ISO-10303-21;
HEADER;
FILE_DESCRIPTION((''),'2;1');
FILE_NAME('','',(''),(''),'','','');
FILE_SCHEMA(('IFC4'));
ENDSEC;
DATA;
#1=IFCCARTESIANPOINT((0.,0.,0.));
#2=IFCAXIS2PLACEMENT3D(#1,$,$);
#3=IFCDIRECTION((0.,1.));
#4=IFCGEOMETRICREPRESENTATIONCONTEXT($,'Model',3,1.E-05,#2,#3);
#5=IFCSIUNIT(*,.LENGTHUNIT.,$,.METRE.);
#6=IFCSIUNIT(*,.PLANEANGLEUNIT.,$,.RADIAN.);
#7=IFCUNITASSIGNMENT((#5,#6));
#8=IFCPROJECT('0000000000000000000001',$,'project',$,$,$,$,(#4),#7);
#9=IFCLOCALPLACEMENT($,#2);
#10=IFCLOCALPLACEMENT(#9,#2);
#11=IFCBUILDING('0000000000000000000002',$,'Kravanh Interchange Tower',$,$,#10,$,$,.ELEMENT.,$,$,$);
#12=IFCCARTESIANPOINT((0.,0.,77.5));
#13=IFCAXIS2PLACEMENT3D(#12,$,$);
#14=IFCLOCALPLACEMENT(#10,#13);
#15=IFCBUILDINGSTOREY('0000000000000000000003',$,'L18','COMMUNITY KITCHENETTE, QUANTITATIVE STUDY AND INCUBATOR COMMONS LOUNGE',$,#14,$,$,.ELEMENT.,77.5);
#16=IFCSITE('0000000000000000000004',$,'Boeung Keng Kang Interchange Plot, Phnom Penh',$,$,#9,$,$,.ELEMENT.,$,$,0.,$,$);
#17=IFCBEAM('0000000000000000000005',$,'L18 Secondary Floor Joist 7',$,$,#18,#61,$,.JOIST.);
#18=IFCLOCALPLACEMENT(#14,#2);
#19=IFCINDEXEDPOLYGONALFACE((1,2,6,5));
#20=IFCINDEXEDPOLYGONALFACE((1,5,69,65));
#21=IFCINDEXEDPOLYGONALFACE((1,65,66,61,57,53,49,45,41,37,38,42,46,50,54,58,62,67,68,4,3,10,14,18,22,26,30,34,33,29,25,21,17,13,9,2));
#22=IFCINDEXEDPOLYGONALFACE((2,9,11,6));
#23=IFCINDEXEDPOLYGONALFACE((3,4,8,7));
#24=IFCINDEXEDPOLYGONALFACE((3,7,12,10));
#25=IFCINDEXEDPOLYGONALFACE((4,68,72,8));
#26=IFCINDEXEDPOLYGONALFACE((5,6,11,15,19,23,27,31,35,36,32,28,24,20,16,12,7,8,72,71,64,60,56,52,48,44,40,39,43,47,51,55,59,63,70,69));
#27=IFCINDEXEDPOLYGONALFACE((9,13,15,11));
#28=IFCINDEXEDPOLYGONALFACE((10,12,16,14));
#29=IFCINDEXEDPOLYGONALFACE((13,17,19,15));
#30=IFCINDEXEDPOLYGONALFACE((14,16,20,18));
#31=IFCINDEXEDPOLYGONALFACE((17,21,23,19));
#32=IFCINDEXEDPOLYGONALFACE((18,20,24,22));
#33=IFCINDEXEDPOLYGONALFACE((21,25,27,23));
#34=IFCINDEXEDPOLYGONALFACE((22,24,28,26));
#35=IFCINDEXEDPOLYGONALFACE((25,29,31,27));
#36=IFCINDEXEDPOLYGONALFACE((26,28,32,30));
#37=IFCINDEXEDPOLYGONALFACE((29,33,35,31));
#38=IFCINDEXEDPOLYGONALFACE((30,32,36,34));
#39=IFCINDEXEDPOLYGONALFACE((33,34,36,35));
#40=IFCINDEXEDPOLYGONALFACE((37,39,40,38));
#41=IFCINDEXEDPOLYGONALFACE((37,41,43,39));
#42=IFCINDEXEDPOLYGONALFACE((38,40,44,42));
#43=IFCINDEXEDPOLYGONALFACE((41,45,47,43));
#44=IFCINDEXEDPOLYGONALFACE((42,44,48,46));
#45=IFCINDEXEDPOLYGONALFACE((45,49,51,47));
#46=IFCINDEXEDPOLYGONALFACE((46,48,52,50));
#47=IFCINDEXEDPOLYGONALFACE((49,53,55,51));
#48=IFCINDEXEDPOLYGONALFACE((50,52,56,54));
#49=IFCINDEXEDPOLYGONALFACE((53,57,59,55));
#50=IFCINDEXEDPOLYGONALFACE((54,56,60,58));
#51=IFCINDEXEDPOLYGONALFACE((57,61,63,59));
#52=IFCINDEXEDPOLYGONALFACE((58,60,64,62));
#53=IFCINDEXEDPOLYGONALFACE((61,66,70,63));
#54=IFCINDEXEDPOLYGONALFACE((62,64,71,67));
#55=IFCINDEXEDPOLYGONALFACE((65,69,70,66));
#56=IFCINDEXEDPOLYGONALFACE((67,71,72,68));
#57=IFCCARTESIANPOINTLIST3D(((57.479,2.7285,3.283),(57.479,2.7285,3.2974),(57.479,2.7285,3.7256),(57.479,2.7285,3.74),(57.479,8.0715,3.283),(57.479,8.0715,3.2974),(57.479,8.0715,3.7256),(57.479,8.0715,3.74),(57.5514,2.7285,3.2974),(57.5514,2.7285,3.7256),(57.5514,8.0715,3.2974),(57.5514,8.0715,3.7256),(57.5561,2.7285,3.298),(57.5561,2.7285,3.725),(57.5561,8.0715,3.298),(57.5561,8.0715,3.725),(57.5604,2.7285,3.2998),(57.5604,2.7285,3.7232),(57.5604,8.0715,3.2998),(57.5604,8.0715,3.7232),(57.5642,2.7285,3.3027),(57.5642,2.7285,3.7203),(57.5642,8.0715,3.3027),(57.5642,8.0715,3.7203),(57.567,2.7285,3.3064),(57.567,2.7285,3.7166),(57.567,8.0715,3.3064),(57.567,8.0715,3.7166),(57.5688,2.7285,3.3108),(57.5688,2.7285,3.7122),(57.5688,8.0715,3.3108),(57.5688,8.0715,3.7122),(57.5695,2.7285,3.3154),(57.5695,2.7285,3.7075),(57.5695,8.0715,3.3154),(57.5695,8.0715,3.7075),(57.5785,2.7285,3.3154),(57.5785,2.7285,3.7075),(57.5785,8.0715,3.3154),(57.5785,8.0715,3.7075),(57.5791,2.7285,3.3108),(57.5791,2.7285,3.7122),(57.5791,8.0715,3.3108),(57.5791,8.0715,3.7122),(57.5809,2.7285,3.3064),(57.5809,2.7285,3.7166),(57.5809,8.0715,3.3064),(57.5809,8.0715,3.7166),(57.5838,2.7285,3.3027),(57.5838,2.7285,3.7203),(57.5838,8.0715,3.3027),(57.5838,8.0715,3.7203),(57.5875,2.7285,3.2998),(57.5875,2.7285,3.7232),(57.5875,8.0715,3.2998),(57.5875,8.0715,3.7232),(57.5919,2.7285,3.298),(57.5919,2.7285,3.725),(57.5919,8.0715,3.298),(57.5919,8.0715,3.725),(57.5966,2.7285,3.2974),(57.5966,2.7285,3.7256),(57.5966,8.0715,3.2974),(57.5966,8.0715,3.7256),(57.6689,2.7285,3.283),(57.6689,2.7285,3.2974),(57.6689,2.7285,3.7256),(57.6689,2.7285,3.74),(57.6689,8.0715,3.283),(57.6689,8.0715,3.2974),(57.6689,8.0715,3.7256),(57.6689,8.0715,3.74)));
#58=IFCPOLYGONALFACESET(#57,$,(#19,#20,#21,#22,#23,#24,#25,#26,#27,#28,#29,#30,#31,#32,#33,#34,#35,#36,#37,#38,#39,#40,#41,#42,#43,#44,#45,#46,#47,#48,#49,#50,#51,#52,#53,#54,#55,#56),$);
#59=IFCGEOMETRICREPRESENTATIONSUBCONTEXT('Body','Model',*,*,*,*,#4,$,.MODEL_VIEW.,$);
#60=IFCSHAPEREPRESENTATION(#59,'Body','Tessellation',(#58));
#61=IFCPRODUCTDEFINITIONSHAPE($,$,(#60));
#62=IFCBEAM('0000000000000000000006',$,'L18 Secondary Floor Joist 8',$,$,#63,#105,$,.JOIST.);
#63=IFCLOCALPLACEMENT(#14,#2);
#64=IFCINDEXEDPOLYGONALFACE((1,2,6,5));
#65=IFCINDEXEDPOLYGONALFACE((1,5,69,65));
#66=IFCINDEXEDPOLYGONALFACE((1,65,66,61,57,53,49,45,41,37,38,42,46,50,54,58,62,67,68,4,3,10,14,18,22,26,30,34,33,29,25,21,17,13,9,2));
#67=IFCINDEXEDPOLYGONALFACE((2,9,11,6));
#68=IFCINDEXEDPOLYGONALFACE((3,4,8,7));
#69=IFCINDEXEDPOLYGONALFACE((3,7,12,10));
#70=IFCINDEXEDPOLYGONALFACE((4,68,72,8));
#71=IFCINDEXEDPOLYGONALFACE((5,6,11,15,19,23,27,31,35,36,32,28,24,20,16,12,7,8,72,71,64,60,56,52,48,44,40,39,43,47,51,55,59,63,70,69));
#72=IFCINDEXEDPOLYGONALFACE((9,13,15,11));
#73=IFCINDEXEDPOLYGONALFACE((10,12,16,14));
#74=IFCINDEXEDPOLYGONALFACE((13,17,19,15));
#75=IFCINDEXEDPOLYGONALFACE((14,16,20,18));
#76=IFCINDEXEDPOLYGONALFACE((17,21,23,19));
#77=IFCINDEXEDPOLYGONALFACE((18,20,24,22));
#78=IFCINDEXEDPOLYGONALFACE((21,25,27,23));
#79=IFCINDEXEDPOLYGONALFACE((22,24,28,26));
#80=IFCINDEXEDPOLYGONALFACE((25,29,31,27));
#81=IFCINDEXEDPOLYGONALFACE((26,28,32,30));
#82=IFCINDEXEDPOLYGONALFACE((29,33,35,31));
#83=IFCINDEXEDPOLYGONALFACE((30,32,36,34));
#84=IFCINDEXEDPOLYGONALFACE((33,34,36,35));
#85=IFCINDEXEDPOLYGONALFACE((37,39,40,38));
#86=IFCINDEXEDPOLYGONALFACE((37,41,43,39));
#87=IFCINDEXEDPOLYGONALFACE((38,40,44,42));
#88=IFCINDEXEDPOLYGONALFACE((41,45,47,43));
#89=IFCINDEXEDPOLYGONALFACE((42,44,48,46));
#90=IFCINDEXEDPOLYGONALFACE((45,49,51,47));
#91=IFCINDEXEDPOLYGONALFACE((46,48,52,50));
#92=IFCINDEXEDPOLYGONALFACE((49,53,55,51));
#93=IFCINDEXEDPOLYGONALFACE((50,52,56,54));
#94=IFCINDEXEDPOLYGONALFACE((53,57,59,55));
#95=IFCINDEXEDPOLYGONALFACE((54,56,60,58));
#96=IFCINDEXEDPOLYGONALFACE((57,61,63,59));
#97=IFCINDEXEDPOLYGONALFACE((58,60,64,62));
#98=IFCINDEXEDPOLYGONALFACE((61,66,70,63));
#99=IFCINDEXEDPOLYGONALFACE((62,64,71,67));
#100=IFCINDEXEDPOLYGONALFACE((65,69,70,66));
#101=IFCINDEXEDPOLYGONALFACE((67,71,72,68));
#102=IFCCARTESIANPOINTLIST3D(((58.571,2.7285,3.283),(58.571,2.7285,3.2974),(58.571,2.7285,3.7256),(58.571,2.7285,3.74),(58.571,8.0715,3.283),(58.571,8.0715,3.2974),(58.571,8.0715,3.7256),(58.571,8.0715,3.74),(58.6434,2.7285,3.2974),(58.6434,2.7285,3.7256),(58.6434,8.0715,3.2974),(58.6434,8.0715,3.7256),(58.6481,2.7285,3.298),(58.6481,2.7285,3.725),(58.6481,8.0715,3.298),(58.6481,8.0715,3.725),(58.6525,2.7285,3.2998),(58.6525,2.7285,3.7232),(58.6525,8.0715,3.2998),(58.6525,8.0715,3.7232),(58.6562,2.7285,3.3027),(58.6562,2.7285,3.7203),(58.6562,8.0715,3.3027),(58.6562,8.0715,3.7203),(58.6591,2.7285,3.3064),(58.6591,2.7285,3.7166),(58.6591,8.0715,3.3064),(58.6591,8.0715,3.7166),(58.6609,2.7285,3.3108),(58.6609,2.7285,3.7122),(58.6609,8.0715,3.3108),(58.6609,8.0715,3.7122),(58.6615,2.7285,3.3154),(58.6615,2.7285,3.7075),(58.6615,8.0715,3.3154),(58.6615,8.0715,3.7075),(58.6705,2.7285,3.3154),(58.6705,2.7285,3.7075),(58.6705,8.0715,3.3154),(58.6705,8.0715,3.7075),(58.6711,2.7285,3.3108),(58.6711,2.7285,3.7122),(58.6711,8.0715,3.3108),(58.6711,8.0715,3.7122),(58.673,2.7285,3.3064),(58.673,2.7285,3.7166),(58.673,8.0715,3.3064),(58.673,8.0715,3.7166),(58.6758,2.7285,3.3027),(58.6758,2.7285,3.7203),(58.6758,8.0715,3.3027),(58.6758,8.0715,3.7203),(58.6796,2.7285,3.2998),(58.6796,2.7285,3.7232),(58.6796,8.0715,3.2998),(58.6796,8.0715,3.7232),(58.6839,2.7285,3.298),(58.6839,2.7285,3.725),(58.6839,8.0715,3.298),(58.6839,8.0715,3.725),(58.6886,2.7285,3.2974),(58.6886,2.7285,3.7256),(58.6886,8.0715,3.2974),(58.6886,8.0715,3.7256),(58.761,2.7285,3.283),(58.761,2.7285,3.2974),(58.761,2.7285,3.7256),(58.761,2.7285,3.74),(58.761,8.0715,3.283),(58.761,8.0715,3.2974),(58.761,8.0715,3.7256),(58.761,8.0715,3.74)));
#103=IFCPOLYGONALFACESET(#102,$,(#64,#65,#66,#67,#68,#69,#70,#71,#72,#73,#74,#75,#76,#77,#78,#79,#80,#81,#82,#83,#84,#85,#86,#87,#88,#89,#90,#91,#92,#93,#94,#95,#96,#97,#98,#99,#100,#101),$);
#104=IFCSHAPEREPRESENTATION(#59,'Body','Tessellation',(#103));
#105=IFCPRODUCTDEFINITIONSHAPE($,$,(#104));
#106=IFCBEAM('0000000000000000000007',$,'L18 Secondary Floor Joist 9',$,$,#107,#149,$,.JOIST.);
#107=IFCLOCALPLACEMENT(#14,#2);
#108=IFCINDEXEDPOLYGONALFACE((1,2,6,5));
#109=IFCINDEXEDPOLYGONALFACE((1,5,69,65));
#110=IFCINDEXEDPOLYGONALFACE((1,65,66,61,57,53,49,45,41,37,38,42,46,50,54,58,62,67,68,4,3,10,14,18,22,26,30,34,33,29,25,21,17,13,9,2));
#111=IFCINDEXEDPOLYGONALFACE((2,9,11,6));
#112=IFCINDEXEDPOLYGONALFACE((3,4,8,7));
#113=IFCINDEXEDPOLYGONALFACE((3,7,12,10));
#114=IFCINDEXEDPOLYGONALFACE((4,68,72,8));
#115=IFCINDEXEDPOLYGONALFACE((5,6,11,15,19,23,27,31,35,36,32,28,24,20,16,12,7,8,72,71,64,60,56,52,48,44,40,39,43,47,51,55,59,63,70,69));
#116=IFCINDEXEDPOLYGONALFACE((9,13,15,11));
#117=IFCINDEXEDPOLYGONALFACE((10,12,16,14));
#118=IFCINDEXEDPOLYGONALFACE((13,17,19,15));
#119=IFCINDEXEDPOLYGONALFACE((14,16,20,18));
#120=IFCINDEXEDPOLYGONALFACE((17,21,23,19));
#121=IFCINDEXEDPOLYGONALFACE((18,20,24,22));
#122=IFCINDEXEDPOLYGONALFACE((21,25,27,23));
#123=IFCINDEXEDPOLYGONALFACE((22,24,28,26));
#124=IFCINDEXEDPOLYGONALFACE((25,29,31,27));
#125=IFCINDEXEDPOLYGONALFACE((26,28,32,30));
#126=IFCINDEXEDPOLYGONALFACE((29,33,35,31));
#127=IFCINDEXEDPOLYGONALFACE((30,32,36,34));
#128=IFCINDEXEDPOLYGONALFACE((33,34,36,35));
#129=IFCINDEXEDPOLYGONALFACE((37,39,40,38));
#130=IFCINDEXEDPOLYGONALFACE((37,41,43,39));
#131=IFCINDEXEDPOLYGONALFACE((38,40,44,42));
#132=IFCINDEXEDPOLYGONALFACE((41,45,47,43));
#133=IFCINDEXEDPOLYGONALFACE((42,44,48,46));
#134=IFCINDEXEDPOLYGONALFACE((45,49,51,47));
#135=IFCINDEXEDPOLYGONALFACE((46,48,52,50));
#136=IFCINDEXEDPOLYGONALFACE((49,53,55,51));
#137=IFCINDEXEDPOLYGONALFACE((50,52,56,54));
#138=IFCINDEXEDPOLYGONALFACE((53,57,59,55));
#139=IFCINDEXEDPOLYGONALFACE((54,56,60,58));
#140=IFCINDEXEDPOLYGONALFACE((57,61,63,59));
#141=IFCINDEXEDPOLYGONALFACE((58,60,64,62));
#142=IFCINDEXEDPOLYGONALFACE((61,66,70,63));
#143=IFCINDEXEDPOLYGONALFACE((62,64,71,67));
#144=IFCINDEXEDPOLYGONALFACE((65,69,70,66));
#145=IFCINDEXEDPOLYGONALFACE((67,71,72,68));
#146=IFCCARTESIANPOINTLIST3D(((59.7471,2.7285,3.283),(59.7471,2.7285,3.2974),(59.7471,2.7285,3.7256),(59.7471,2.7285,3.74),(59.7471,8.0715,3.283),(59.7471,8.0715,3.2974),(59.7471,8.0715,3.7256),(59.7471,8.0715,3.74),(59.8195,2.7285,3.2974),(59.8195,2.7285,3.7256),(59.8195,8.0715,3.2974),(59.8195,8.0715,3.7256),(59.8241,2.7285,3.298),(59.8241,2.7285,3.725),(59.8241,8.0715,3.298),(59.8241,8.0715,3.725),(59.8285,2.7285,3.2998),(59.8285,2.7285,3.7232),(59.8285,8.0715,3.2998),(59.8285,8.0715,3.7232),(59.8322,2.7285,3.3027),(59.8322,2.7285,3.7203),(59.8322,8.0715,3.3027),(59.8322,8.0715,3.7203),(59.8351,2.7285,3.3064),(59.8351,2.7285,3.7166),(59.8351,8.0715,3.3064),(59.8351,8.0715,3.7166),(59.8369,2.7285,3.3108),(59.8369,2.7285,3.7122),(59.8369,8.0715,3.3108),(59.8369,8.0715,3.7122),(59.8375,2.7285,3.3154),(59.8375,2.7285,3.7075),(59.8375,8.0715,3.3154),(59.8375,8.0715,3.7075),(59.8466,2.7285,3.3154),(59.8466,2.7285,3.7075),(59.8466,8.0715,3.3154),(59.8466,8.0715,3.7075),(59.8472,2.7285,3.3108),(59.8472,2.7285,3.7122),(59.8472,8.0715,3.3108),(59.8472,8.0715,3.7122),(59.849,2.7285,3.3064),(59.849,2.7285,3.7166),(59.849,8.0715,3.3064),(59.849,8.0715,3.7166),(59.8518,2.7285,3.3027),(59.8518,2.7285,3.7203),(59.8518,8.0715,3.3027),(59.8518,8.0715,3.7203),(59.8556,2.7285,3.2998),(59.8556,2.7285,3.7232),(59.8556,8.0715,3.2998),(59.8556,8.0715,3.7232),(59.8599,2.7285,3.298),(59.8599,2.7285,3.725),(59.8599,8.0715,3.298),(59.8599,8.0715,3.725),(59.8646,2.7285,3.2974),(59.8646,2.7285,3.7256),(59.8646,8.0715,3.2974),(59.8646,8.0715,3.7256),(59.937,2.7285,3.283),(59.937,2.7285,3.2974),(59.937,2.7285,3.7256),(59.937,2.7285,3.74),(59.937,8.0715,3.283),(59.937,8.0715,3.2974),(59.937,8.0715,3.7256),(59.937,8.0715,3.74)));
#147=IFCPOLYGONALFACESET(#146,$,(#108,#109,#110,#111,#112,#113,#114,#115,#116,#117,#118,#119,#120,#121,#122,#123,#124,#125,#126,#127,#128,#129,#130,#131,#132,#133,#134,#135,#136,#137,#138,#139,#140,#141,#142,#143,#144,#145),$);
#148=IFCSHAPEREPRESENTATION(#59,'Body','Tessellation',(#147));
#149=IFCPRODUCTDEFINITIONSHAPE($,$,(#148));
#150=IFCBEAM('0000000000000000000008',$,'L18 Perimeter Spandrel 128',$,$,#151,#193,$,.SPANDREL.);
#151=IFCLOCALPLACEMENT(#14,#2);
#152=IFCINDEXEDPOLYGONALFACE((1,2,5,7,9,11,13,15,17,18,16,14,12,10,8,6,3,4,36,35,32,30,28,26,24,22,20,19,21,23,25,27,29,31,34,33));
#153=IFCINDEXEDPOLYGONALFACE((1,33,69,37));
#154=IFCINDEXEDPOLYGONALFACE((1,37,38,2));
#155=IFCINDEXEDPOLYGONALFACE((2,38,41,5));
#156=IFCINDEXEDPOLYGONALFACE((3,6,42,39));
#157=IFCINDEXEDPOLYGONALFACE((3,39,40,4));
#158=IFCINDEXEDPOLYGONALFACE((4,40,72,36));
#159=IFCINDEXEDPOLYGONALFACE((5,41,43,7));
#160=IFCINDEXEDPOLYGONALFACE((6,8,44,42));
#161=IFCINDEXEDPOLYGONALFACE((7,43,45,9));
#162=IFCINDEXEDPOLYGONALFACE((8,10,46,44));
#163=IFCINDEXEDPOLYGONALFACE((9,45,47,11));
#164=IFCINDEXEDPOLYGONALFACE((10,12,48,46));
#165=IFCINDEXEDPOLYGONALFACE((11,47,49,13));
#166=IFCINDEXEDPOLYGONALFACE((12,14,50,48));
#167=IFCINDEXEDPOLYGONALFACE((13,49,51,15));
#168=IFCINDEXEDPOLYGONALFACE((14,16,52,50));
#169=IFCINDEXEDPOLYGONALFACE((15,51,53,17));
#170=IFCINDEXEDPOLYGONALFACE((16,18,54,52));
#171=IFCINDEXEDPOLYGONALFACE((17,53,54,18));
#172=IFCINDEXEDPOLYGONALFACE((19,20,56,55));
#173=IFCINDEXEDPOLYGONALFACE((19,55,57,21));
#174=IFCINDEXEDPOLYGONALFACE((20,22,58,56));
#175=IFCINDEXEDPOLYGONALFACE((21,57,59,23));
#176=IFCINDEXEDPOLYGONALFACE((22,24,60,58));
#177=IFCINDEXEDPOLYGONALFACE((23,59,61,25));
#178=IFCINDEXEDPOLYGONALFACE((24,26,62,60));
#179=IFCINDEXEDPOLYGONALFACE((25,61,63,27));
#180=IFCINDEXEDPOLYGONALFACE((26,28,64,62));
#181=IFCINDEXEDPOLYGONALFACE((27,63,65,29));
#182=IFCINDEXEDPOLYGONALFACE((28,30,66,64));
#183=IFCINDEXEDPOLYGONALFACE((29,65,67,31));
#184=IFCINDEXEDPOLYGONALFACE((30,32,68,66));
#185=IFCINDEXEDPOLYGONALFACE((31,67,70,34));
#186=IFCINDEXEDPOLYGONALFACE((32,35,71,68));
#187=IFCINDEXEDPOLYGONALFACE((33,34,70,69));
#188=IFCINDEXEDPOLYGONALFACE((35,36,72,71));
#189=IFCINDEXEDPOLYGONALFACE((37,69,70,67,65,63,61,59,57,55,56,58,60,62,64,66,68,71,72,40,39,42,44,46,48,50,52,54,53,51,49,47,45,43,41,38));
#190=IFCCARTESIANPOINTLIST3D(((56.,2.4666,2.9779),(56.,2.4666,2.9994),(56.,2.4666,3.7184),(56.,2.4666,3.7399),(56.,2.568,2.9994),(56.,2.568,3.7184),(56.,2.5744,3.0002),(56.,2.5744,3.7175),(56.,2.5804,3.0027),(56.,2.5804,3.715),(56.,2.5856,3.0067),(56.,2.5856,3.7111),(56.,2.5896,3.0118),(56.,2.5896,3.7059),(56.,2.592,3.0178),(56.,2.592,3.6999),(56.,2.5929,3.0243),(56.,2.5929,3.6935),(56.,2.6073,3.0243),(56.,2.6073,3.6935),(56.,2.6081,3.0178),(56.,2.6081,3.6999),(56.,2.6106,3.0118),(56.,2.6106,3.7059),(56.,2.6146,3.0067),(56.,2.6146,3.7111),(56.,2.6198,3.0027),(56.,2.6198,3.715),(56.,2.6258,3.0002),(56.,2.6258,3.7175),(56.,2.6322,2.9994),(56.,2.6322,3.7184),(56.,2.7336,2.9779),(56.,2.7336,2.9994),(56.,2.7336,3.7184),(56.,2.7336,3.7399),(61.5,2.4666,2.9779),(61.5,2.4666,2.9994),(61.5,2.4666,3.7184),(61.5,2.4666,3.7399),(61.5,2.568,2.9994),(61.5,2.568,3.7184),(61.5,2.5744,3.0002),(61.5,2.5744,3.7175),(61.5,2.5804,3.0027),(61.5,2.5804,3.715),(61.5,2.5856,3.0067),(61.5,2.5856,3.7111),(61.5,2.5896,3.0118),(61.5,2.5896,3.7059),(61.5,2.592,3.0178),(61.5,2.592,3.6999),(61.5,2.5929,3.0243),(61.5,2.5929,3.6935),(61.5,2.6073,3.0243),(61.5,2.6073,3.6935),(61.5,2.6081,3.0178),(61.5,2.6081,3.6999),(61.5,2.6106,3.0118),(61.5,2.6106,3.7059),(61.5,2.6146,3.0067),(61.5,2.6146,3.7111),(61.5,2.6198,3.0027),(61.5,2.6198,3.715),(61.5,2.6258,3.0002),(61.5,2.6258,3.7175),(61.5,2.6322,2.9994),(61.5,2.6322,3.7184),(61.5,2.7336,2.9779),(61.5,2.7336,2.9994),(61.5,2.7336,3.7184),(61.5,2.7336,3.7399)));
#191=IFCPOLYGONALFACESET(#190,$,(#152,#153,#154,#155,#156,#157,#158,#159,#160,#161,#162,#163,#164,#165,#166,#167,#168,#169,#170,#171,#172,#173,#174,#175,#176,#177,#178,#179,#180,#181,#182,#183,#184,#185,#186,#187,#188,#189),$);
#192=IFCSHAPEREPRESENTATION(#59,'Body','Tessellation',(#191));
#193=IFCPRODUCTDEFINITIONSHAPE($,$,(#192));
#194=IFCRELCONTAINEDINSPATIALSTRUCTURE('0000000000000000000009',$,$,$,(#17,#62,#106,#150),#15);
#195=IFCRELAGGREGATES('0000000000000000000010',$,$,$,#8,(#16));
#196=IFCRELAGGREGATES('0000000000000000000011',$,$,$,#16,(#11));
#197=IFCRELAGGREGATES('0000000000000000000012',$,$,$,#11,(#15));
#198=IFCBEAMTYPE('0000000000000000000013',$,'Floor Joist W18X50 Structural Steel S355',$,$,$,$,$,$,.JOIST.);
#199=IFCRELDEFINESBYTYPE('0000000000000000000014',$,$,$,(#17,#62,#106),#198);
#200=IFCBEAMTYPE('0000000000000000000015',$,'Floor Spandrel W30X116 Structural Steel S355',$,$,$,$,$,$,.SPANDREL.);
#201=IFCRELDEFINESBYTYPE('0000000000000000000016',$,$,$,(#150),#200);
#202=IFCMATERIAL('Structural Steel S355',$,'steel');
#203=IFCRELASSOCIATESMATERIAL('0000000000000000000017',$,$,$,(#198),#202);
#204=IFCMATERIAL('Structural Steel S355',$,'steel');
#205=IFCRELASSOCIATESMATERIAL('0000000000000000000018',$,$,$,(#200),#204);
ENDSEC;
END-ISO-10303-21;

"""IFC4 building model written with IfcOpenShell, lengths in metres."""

from ifc_helpers import new_model, si_unit, direction, frame, origin, origin_2d, place, context, subcontext, project, spatial, i_section, extrude, material, material_profile, profile_set, type_object, element, save


model = new_model("IFC4")

# Units and contexts
model_context = context("Model", 3, precision=1e-05, world=origin(), true_north=direction((0.0, 1.0)))
body_context = subcontext(model_context, "Body", "Model", "MODEL_VIEW")
ifc_project = project(units=[si_unit("LENGTHUNIT", "METRE"), si_unit("PLANEANGLEUNIT", "RADIAN")], contexts=[model_context])

# Site, building, storey
site_placement = place(None, origin())
site = spatial("IfcSite", under=ifc_project, at=site_placement, Name="Boeung Keng Kang Interchange Plot, Phnom Penh", CompositionType="ELEMENT", RefElevation=0.0)
building_placement = place(site_placement, origin())
building = spatial("IfcBuilding", under=site, at=building_placement, Name="Kravanh Interchange Tower", CompositionType="ELEMENT")
storey_placement = place(building_placement, frame((0.0, 0.0, 77.5)))
storey = spatial("IfcBuildingStorey", under=building, at=storey_placement, Name="L18", Description="COMMUNITY KITCHENETTE, QUANTITATIVE STUDY AND INCUBATOR COMMONS LOUNGE", CompositionType="ELEMENT", Elevation=77.5)

# Beams
ifc_material_1 = material(Name="Structural Steel S355", Category="steel")
ifc_material_profile_1 = material_profile(ifc_material_1, i_section(OverallWidth=0.1899, OverallDepth=0.457, WebThickness=0.009, FlangeThickness=0.0144, FilletRadius=0.0181, at=origin_2d()), Name="W18X50")
ifc_profile_set_1 = profile_set([ifc_material_profile_1], Name="Structural Steel S355")
beam_type_1 = type_object("IfcBeamType", Name="Floor Joist W18X50 Structural Steel S355", PredefinedType="JOIST", material=ifc_profile_set_1)
for number, where, z_axis, x_axis, name in (
    (1, (57.574, 2.7285, 3.5115), (0.0, 1.0, 0.0), (-1.0, 0.0, 0.0), "L18 Secondary Floor Joist 7"),
    (2, (58.666, 2.7285, 3.5115), (0.0, 1.0, 0.0), (-1.0, 0.0, 0.0), "L18 Secondary Floor Joist 8"),
    (3, (59.842, 2.7285, 3.5115), (0.0, 1.0, 0.0), (-1.0, 0.0, 0.0), "L18 Secondary Floor Joist 9"),
):
    element("IfcBeam", number, at=place(storey_placement, frame(where, z_axis=z_axis, x_axis=x_axis)), inside=storey, type_object=beam_type_1, Name=name, PredefinedType="JOIST", context=body_context, shape_type="SweptSolid", body=[
        extrude(i_section(OverallWidth=0.1899, OverallDepth=0.457, WebThickness=0.009, FlangeThickness=0.0144, FilletRadius=0.0181, at=origin_2d()), origin(), (0.0, 0.0, 1.0), 5.343),
    ])
ifc_material_2 = material(Name="Structural Steel S355", Category="steel")
ifc_material_profile_2 = material_profile(ifc_material_2, i_section(OverallWidth=0.2671, OverallDepth=0.762, WebThickness=0.0144, FlangeThickness=0.0215, FilletRadius=0.0249, at=origin_2d()), Name="W30X116")
ifc_profile_set_2 = profile_set([ifc_material_profile_2], Name="Structural Steel S355")
beam_type_2 = type_object("IfcBeamType", Name="Floor Spandrel W30X116 Structural Steel S355", PredefinedType="SPANDREL", material=ifc_profile_set_2)
beam_1_placement = place(storey_placement, frame((56.0, 2.6001, 3.3589), z_axis=(1.0, 0.0, 0.0), x_axis=(0.0, 1.0, 0.0)))
element("IfcBeam", 4, at=beam_1_placement, inside=storey, type_object=beam_type_2, Name="L18 Perimeter Spandrel 128", PredefinedType="SPANDREL", context=body_context, shape_type="SweptSolid", body=[
    extrude(i_section(OverallWidth=0.2671, OverallDepth=0.762, WebThickness=0.0144, FlangeThickness=0.0215, FilletRadius=0.0249, at=origin_2d()), origin(), (0.0, 0.0, 1.0), 5.5),
])

save(model, "model.ifc")
